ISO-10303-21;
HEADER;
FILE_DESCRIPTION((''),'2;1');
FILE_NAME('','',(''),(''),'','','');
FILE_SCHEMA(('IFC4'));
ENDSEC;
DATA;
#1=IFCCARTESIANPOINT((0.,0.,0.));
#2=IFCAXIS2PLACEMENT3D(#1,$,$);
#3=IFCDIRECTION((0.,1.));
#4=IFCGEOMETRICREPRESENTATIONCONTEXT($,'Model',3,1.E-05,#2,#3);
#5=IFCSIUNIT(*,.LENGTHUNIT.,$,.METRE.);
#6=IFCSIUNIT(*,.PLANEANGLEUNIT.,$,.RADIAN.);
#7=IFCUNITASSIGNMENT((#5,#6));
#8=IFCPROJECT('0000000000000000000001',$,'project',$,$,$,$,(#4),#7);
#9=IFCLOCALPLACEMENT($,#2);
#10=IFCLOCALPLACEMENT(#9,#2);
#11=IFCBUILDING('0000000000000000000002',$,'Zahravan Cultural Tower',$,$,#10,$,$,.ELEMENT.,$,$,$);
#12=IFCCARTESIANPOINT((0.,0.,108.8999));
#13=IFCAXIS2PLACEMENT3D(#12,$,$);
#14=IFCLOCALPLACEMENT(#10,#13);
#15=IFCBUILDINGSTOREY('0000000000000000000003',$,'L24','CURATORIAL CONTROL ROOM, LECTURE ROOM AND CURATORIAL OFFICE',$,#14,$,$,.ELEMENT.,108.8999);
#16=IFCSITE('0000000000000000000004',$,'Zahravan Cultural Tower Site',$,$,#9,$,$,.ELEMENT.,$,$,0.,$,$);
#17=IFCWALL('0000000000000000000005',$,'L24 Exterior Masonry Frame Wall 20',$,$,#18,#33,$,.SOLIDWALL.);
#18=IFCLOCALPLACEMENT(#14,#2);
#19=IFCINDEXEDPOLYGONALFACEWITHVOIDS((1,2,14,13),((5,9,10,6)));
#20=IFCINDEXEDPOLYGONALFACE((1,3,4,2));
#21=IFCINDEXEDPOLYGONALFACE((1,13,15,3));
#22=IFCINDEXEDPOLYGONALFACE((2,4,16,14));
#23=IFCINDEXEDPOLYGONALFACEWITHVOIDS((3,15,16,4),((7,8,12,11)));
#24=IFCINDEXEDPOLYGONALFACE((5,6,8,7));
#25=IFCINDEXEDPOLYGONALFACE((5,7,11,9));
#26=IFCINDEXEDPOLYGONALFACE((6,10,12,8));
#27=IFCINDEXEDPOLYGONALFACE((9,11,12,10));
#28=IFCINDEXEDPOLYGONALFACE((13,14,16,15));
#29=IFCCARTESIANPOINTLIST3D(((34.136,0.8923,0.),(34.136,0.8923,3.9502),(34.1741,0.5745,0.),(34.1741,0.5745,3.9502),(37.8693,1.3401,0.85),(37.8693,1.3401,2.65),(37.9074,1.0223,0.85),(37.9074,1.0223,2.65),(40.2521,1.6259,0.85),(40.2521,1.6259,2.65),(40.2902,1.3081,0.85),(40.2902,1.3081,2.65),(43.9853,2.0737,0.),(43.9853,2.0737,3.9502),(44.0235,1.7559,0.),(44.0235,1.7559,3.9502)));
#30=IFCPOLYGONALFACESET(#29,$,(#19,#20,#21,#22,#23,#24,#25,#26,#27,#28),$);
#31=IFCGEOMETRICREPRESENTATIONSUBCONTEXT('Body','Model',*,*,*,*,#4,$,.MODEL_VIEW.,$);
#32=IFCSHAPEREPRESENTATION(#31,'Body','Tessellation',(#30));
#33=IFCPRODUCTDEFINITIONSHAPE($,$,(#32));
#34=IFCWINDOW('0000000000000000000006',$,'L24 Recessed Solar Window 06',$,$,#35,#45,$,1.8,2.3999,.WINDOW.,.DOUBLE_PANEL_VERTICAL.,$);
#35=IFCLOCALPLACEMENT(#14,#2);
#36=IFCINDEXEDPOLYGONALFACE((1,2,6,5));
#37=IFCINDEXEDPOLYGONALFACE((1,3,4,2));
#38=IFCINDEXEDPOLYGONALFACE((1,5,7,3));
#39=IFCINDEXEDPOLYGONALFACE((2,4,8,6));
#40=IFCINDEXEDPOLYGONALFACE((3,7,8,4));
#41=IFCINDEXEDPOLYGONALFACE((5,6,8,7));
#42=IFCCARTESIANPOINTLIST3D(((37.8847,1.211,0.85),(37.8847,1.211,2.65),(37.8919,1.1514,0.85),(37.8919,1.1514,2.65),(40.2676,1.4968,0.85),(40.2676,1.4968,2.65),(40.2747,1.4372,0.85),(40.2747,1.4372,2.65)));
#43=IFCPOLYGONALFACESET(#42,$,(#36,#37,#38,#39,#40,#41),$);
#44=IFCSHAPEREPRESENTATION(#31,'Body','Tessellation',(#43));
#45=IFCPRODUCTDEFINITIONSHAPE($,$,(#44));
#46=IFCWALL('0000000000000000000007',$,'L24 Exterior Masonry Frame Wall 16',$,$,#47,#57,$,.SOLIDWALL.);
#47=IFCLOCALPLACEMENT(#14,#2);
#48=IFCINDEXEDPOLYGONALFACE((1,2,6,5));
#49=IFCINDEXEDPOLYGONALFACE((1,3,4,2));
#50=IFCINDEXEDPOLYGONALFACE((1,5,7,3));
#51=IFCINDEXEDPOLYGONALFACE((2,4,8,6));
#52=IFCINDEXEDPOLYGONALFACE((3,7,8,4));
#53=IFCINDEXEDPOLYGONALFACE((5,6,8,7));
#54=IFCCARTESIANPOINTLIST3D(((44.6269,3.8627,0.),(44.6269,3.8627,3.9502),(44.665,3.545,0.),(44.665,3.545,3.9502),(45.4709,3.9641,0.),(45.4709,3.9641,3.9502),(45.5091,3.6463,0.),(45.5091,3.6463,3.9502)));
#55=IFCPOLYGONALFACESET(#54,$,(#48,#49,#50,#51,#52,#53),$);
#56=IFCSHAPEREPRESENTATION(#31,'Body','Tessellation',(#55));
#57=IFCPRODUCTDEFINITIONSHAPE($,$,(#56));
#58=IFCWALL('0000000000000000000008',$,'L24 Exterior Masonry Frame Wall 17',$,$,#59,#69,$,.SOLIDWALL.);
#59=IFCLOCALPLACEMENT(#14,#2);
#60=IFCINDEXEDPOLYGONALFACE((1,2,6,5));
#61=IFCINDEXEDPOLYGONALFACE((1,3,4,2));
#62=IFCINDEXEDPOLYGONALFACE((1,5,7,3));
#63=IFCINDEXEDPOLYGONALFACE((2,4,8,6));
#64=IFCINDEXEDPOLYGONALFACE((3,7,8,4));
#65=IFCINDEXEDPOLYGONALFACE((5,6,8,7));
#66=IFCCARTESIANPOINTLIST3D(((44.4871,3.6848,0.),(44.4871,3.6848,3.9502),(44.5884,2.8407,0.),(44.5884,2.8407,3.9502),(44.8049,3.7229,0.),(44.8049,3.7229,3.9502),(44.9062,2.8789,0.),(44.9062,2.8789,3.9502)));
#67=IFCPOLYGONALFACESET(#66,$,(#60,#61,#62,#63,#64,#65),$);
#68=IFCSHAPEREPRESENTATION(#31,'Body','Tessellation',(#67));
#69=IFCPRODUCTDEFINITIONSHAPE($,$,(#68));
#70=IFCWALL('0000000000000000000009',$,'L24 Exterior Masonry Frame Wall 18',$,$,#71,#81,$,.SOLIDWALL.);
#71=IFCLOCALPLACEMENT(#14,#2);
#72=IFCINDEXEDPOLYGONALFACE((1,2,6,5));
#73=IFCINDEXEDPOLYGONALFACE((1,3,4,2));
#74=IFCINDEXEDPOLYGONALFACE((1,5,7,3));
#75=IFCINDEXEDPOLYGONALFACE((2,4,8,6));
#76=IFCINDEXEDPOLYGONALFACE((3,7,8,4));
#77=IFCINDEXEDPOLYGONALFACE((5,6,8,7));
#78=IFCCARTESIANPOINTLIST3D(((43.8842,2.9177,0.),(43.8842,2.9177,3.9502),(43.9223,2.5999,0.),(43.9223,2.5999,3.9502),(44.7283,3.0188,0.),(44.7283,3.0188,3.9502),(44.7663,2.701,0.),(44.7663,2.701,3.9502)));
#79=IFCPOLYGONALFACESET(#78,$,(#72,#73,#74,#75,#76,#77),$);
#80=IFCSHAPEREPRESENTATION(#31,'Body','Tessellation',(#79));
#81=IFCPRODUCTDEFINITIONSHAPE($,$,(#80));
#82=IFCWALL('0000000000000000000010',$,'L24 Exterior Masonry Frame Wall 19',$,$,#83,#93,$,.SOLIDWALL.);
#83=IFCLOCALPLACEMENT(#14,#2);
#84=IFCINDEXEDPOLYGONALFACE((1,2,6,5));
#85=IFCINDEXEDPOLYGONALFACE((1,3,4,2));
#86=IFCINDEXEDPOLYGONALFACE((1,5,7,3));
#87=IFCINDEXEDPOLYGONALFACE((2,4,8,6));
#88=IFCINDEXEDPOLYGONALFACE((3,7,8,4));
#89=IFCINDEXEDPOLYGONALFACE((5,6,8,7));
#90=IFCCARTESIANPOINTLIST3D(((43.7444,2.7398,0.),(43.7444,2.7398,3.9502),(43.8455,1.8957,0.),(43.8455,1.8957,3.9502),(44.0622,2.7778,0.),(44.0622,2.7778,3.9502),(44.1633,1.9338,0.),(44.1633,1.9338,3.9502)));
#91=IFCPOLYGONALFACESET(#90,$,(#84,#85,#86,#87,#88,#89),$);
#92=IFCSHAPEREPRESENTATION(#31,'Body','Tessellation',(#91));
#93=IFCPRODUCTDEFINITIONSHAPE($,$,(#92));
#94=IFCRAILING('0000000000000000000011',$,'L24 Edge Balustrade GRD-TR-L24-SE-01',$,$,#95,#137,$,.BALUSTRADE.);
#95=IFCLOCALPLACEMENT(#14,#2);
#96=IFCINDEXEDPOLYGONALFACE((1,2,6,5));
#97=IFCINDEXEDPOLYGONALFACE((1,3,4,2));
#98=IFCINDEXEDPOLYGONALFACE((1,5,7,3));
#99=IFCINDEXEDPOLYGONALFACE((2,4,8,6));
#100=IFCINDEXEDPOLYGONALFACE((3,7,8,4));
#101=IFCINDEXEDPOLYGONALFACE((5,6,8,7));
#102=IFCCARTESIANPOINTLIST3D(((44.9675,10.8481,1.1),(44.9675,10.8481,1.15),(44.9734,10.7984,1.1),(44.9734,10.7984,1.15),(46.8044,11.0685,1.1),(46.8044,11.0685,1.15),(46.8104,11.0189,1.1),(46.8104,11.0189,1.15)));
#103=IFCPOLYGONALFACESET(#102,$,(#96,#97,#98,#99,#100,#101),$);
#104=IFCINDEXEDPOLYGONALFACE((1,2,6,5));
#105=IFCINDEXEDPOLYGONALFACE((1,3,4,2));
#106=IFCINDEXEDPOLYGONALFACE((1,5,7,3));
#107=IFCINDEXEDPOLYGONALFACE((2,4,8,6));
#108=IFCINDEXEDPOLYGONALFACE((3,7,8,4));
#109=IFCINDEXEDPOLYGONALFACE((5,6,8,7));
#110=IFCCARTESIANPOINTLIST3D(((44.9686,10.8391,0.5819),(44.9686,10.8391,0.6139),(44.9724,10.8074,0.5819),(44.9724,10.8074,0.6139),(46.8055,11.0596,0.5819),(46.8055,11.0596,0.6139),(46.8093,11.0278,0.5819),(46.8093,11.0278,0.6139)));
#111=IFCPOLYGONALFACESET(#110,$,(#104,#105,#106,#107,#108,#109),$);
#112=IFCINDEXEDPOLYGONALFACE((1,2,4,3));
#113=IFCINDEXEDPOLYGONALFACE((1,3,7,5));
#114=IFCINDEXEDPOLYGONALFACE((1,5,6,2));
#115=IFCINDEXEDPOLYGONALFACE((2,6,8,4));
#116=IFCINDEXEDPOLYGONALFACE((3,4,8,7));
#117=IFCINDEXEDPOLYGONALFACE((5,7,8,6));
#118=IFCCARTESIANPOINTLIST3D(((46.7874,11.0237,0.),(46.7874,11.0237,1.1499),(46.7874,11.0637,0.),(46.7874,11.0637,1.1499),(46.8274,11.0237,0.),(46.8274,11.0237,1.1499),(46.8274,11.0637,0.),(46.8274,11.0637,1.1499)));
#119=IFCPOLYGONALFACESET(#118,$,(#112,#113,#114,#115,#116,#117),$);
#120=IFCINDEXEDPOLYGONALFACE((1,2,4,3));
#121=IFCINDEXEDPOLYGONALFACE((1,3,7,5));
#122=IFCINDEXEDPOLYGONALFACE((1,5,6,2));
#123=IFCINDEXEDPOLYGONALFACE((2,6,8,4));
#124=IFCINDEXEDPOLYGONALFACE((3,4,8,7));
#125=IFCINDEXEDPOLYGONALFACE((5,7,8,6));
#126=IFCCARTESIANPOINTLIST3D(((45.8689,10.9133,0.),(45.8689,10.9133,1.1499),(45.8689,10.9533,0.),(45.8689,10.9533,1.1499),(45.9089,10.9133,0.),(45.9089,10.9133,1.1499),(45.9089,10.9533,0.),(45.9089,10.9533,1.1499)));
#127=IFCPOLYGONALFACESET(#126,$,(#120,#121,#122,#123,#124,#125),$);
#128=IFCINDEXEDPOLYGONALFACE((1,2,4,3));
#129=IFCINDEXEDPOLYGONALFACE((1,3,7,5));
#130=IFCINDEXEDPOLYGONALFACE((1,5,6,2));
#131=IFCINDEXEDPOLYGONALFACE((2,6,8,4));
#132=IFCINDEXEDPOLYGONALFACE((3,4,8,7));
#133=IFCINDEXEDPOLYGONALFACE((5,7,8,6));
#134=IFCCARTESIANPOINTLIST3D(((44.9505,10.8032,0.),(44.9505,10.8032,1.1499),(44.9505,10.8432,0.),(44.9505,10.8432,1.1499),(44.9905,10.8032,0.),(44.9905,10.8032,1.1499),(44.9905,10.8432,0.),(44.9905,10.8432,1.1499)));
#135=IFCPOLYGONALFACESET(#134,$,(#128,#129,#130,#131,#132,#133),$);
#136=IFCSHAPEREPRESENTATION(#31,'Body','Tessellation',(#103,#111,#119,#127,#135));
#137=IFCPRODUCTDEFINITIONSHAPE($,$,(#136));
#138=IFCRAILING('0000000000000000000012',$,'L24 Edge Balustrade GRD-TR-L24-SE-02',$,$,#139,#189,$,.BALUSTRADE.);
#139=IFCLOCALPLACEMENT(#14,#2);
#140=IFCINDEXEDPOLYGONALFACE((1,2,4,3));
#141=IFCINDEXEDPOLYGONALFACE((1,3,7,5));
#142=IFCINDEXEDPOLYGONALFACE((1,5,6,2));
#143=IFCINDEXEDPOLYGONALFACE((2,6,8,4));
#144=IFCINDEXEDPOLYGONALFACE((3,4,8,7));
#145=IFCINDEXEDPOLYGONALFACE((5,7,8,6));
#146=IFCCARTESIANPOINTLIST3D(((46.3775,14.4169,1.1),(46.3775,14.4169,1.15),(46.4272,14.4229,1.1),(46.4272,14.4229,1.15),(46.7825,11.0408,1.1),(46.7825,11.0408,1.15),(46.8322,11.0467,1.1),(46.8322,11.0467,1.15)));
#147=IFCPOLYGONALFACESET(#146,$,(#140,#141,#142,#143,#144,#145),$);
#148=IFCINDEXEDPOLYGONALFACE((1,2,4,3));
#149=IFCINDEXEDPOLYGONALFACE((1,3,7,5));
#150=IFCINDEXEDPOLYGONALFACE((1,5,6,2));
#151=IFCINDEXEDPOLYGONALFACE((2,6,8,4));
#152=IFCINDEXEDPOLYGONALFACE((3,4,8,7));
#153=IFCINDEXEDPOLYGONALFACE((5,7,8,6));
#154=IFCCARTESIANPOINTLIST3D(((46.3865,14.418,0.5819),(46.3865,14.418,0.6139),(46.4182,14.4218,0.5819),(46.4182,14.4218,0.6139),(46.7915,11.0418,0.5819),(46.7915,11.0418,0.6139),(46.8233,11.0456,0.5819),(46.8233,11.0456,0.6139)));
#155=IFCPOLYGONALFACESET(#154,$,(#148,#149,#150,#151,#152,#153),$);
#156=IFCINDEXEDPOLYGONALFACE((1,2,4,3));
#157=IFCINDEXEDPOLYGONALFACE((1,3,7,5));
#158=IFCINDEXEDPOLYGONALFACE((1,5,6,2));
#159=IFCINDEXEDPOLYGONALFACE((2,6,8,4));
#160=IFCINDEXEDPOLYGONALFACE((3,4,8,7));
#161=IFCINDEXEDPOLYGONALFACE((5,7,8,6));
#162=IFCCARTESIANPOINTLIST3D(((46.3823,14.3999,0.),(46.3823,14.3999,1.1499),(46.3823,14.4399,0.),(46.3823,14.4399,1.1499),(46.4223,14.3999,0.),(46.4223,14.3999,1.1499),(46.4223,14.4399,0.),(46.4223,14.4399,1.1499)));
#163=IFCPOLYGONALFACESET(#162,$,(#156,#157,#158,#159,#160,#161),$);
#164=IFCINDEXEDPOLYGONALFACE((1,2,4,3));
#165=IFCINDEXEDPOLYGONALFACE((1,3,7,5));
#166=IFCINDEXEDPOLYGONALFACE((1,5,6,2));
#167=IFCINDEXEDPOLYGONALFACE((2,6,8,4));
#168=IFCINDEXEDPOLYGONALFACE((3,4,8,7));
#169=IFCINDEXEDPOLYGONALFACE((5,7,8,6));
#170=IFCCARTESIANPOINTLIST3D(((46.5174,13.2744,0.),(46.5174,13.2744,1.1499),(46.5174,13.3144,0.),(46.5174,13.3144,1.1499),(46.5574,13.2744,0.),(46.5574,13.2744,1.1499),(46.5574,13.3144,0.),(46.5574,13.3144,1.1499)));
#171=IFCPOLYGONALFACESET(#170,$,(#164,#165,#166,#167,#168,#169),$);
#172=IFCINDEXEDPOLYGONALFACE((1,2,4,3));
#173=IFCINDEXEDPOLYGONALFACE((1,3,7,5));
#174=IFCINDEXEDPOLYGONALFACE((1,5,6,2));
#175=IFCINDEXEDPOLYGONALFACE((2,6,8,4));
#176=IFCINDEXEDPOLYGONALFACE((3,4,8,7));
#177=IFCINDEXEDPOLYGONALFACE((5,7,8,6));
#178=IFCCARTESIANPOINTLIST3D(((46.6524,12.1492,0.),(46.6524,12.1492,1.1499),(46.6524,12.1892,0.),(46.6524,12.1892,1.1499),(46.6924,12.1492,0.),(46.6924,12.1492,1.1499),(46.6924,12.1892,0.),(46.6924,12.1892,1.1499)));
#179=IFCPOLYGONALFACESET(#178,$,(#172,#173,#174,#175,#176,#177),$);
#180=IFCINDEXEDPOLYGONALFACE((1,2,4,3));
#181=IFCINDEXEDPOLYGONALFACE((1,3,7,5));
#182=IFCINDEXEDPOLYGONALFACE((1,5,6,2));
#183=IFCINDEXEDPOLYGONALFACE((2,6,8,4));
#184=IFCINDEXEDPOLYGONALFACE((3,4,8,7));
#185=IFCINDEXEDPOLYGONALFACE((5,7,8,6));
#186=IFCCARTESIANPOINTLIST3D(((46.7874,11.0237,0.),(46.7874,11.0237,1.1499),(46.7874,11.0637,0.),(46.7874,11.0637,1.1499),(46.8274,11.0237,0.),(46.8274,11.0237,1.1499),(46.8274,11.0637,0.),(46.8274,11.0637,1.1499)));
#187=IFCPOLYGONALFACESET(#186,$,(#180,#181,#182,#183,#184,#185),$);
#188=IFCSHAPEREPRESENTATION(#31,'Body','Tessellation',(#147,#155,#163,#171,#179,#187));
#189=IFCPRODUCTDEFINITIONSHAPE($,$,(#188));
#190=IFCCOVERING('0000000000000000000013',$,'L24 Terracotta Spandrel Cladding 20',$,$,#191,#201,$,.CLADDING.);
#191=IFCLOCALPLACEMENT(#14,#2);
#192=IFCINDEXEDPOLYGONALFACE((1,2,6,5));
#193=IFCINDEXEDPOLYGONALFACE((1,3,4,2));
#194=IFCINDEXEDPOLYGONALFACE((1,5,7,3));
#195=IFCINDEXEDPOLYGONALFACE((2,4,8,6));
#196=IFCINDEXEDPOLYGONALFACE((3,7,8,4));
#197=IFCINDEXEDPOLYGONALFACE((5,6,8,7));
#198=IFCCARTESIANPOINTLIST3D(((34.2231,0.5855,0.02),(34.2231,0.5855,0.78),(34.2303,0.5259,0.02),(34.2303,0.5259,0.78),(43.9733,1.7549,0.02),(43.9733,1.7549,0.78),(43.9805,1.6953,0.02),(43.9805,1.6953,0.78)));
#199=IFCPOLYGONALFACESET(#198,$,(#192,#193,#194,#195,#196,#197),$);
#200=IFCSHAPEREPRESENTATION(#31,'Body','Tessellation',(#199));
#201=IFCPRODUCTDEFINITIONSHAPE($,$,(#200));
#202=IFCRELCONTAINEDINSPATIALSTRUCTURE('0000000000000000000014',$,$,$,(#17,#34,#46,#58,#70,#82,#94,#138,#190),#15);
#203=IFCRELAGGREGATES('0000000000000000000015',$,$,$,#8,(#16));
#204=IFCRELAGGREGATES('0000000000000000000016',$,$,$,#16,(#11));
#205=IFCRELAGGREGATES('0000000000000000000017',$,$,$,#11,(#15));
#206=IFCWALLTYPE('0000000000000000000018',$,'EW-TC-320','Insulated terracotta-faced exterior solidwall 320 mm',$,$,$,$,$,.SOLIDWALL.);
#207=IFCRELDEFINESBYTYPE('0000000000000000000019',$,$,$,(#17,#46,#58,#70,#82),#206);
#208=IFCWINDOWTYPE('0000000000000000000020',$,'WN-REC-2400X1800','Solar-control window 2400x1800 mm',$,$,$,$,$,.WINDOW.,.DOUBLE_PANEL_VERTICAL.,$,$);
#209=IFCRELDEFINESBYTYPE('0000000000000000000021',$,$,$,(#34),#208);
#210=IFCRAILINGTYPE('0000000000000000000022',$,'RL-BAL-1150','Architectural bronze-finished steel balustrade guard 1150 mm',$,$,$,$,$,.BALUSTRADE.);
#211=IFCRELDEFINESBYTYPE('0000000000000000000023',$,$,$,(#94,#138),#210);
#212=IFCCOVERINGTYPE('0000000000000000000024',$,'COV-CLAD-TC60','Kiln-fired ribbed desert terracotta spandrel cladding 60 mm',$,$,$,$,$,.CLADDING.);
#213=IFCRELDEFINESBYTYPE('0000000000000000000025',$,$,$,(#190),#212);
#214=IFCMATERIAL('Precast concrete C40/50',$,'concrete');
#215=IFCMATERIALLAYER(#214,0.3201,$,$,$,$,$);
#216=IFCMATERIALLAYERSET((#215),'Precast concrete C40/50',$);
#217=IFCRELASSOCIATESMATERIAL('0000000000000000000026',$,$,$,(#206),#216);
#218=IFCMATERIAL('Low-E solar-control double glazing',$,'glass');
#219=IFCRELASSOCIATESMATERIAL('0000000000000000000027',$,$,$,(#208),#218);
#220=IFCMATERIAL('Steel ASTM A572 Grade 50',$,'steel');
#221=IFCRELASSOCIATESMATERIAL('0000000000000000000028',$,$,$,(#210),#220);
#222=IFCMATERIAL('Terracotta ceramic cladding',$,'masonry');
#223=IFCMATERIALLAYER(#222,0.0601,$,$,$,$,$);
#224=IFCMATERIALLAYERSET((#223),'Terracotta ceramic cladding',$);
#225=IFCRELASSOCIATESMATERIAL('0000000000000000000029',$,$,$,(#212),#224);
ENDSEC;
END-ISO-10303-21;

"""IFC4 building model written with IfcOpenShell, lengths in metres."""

from ifc_helpers import new_model, si_unit, direction, frame, frame_2d, origin, origin_2d, place, context, subcontext, project, spatial, rectangle, extrude, source, transform, mapped, material, layer, layer_set, type_object, element, fill, save


model = new_model("IFC4")

# Units and contexts
model_context = context("Model", 3, precision=1e-05, world=origin(), true_north=direction((0.0, 1.0)))
body_context = subcontext(model_context, "Body", "Model", "MODEL_VIEW")
ifc_project = project(units=[si_unit("LENGTHUNIT", "METRE"), si_unit("PLANEANGLEUNIT", "RADIAN")], contexts=[model_context])

# Site, building, storey
site_placement = place(None, origin())
site = spatial("IfcSite", under=ifc_project, at=site_placement, Name="Zahravan Cultural Tower Site", CompositionType="ELEMENT", RefElevation=0.0)
building_placement = place(site_placement, origin())
building = spatial("IfcBuilding", under=site, at=building_placement, Name="Zahravan Cultural Tower", CompositionType="ELEMENT")
storey_placement = place(building_placement, frame((0.0, 0.0, 108.8999)))
storey = spatial("IfcBuildingStorey", under=building, at=storey_placement, Name="L24", Description="CURATORIAL CONTROL ROOM, LECTURE ROOM AND CURATORIAL OFFICE", CompositionType="ELEMENT", Elevation=108.8999)

# Wall, opening, window
ifc_material_1 = material(Name="Precast concrete C40/50", Category="concrete")
ifc_layer_1 = layer(ifc_material_1, 0.3201)
ifc_layer_set_1 = layer_set([ifc_layer_1], Name="Precast concrete C40/50")
wall_type = type_object("IfcWallType", Name="EW-TC-320", Description="Insulated terracotta-faced exterior solidwall 320 mm", PredefinedType="SOLIDWALL", material=ifc_layer_set_1)
ifc_material_2 = material(Name="Low-E solar-control double glazing", Category="glass")
window_type = type_object("IfcWindowType", Name="WN-REC-2400X1800", Description="Solar-control window 2400x1800 mm", PartitioningType="DOUBLE_PANEL_VERTICAL", PredefinedType="WINDOW", material=ifc_material_2)
shared_shape_1 = source(origin(), body_context, "Body", "SweptSolid", [
    extrude(rectangle(XDim=2.3999, YDim=1.8, at=frame_2d((1.2, 0.8999))), frame((0.0, 0.03, 0.0), z_axis=(0.0, -1.0, 0.0), x_axis=(1.0, 0.0, 0.0)), (0.0, 0.0, 1.0), 0.0601),
])
wall_1_placement = place(storey_placement, frame((44.0044, 1.9148, 0.0), z_axis=(0.0, 0.0, 1.0), x_axis=(-0.992883, -0.119093, 0.0)))
wall_1 = element("IfcWall", 1, at=wall_1_placement, inside=storey, type_object=wall_type, Name="L24 Exterior Masonry Frame Wall 20", PredefinedType="SOLIDWALL", context=body_context, shape_type="SweptSolid", body=[
    extrude(rectangle(XDim=9.9199, YDim=0.3201, at=frame_2d((4.96, 0.0))), origin(), (0.0, 0.0, 1.0), 3.9502),
])
opening_1_placement = place(wall_1_placement, frame((3.76, 0.0, 0.8501)))
opening_1 = element("IfcOpeningElement", 2, at=opening_1_placement, cuts=wall_1, PredefinedType="OPENING", context=body_context, shape_type="SweptSolid", body=[
    extrude(rectangle(XDim=2.3999, YDim=1.8, at=frame_2d((1.2, 0.8999))), frame((0.0, 0.1699, 0.0), z_axis=(0.0, -1.0, 0.0), x_axis=(1.0, 0.0, 0.0)), (0.0, 0.0, 1.0), 0.3401),
])
window_1_placement = place(opening_1_placement, origin())
window_1 = element("IfcWindow", 3, at=window_1_placement, inside=storey, type_object=window_type, Name="L24 Recessed Solar Window 06", OverallHeight=1.8, OverallWidth=2.3999, PartitioningType="DOUBLE_PANEL_VERTICAL", PredefinedType="WINDOW", context=body_context, shape_type="MappedRepresentation", body=[
    mapped(shared_shape_1, transform((0.0, 0.0, 0.0), x_axis=(1.0, 0.0, 0.0), y_axis=(0.0, 1.0, 0.0), z_axis=(0.0, 0.0, 1.0), scale=1.0)),
])
fill(opening_1, window_1)

# Walls
shared_shape_2 = source(origin(), body_context, "Body", "SweptSolid", [
    extrude(rectangle(XDim=0.8501, YDim=0.3201, at=frame_2d((0.425, 0.0))), origin(), (0.0, 0.0, 1.0), 3.9502),
])
for number, where, z_axis, x_axis, name in (
    (4, (45.49, 3.8052, 0.0), (0.0, 0.0, 1.0), (-0.992871, -0.119191, 0.0), "L24 Exterior Masonry Frame Wall 16"),
    (5, (44.646, 3.7039, 0.0), (0.0, 0.0, 1.0), (0.119191, -0.992871, 0.0), "L24 Exterior Masonry Frame Wall 17"),
    (6, (44.7473, 2.8599, 0.0), (0.0, 0.0, 1.0), (-0.992905, -0.118907, 0.0), "L24 Exterior Masonry Frame Wall 18"),
    (7, (43.9033, 2.7588, 0.0), (0.0, 0.0, 1.0), (0.118907, -0.992905, 0.0), "L24 Exterior Masonry Frame Wall 19"),
):
    element("IfcWall", number, at=place(storey_placement, frame(where, z_axis=z_axis, x_axis=x_axis)), inside=storey, type_object=wall_type, Name=name, PredefinedType="SOLIDWALL", context=body_context, shape_type="MappedRepresentation", body=[
        mapped(shared_shape_2, transform((0.0, 0.0, 0.0), x_axis=(1.0, 0.0, 0.0), y_axis=(0.0, 1.0, 0.0), z_axis=(0.0, 0.0, 1.0), scale=1.0)),
    ])

# Railings
ifc_material_3 = material(Name="Steel ASTM A572 Grade 50", Category="steel")
railing_type = type_object("IfcRailingType", Name="RL-BAL-1150", Description="Architectural bronze-finished steel balustrade guard 1150 mm", PredefinedType="BALUSTRADE", material=ifc_material_3)
railing_1_placement = place(storey_placement, frame((46.8074, 11.0437, 0.0)))
element("IfcRailing", 8, at=railing_1_placement, inside=storey, type_object=railing_type, Name="L24 Edge Balustrade GRD-TR-L24-SE-01", PredefinedType="BALUSTRADE", context=body_context, shape_type="SweptSolid", body=[
    extrude(rectangle(XDim=0.05, YDim=0.05, at=origin_2d()), frame((0.0, 0.0, 1.125), z_axis=(-0.992875, -0.119161, 0.0), x_axis=(0.119161, -0.992875, 0.0)), (0.0, 0.0, 1.0), 1.8501),
    extrude(rectangle(XDim=0.032, YDim=0.032, at=origin_2d()), frame((0.0, 0.0, 0.5979), z_axis=(-0.992875, -0.119161, 0.0), x_axis=(0.119161, -0.992875, 0.0)), (0.0, 0.0, 1.0), 1.8501),
    extrude(rectangle(XDim=0.04, YDim=0.04, at=origin_2d()), origin(), (0.0, 0.0, 1.0), 1.1499),
    extrude(rectangle(XDim=0.04, YDim=0.04, at=origin_2d()), frame((-0.9185, -0.1104, 0.0)), (0.0, 0.0, 1.0), 1.1499),
    extrude(rectangle(XDim=0.04, YDim=0.04, at=origin_2d()), frame((-1.8369, -0.2205, 0.0)), (0.0, 0.0, 1.0), 1.1499),
])
railing_2_placement = place(storey_placement, frame((46.4023, 14.4199, 0.0)))
element("IfcRailing", 9, at=railing_2_placement, inside=storey, type_object=railing_type, Name="L24 Edge Balustrade GRD-TR-L24-SE-02", PredefinedType="BALUSTRADE", context=body_context, shape_type="SweptSolid", body=[
    extrude(rectangle(XDim=0.05, YDim=0.05, at=origin_2d()), frame((0.0, 0.0, 1.125), z_axis=(0.119111, -0.992881, 0.0), x_axis=(0.992881, 0.119111, 0.0)), (0.0, 0.0, 1.0), 3.4004),
    extrude(rectangle(XDim=0.032, YDim=0.032, at=origin_2d()), frame((0.0, 0.0, 0.5979), z_axis=(0.119111, -0.992881, 0.0), x_axis=(0.992881, 0.119111, 0.0)), (0.0, 0.0, 1.0), 3.4004),
    extrude(rectangle(XDim=0.04, YDim=0.04, at=origin_2d()), origin(), (0.0, 0.0, 1.0), 1.1499),
    extrude(rectangle(XDim=0.04, YDim=0.04, at=origin_2d()), frame((0.135, -1.1255, 0.0)), (0.0, 0.0, 1.0), 1.1499),
    extrude(rectangle(XDim=0.04, YDim=0.04, at=origin_2d()), frame((0.27, -2.2507, 0.0)), (0.0, 0.0, 1.0), 1.1499),
    extrude(rectangle(XDim=0.04, YDim=0.04, at=origin_2d()), frame((0.405, -3.3762, 0.0)), (0.0, 0.0, 1.0), 1.1499),
])

# Covering
ifc_material_4 = material(Name="Terracotta ceramic cladding", Category="masonry")
ifc_layer_2 = layer(ifc_material_4, 0.0601)
ifc_layer_set_2 = layer_set([ifc_layer_2], Name="Terracotta ceramic cladding")
covering_type = type_object("IfcCoveringType", Name="COV-CLAD-TC60", Description="Kiln-fired ribbed desert terracotta spandrel cladding 60 mm", PredefinedType="CLADDING", material=ifc_layer_set_2)
shared_shape_3 = source(origin(), body_context, "Body", "SweptSolid", [
    extrude(rectangle(XDim=9.8201, YDim=0.0601, at=origin_2d()), origin(), (0.0, 0.0, 1.0), 0.76),
])
covering_1_placement = place(storey_placement, frame((39.1018, 1.1404, 0.02), z_axis=(0.0, 0.0, 1.0), x_axis=(-0.992885, -0.11908, 0.0)))
element("IfcCovering", 10, at=covering_1_placement, inside=storey, type_object=covering_type, Name="L24 Terracotta Spandrel Cladding 20", PredefinedType="CLADDING", context=body_context, shape_type="MappedRepresentation", body=[
    mapped(shared_shape_3, transform((0.0, 0.0, 0.0), x_axis=(1.0, 0.0, 0.0), y_axis=(0.0, 1.0, 0.0), z_axis=(0.0, 0.0, 1.0), scale=1.0)),
])

save(model, "model.ifc")
